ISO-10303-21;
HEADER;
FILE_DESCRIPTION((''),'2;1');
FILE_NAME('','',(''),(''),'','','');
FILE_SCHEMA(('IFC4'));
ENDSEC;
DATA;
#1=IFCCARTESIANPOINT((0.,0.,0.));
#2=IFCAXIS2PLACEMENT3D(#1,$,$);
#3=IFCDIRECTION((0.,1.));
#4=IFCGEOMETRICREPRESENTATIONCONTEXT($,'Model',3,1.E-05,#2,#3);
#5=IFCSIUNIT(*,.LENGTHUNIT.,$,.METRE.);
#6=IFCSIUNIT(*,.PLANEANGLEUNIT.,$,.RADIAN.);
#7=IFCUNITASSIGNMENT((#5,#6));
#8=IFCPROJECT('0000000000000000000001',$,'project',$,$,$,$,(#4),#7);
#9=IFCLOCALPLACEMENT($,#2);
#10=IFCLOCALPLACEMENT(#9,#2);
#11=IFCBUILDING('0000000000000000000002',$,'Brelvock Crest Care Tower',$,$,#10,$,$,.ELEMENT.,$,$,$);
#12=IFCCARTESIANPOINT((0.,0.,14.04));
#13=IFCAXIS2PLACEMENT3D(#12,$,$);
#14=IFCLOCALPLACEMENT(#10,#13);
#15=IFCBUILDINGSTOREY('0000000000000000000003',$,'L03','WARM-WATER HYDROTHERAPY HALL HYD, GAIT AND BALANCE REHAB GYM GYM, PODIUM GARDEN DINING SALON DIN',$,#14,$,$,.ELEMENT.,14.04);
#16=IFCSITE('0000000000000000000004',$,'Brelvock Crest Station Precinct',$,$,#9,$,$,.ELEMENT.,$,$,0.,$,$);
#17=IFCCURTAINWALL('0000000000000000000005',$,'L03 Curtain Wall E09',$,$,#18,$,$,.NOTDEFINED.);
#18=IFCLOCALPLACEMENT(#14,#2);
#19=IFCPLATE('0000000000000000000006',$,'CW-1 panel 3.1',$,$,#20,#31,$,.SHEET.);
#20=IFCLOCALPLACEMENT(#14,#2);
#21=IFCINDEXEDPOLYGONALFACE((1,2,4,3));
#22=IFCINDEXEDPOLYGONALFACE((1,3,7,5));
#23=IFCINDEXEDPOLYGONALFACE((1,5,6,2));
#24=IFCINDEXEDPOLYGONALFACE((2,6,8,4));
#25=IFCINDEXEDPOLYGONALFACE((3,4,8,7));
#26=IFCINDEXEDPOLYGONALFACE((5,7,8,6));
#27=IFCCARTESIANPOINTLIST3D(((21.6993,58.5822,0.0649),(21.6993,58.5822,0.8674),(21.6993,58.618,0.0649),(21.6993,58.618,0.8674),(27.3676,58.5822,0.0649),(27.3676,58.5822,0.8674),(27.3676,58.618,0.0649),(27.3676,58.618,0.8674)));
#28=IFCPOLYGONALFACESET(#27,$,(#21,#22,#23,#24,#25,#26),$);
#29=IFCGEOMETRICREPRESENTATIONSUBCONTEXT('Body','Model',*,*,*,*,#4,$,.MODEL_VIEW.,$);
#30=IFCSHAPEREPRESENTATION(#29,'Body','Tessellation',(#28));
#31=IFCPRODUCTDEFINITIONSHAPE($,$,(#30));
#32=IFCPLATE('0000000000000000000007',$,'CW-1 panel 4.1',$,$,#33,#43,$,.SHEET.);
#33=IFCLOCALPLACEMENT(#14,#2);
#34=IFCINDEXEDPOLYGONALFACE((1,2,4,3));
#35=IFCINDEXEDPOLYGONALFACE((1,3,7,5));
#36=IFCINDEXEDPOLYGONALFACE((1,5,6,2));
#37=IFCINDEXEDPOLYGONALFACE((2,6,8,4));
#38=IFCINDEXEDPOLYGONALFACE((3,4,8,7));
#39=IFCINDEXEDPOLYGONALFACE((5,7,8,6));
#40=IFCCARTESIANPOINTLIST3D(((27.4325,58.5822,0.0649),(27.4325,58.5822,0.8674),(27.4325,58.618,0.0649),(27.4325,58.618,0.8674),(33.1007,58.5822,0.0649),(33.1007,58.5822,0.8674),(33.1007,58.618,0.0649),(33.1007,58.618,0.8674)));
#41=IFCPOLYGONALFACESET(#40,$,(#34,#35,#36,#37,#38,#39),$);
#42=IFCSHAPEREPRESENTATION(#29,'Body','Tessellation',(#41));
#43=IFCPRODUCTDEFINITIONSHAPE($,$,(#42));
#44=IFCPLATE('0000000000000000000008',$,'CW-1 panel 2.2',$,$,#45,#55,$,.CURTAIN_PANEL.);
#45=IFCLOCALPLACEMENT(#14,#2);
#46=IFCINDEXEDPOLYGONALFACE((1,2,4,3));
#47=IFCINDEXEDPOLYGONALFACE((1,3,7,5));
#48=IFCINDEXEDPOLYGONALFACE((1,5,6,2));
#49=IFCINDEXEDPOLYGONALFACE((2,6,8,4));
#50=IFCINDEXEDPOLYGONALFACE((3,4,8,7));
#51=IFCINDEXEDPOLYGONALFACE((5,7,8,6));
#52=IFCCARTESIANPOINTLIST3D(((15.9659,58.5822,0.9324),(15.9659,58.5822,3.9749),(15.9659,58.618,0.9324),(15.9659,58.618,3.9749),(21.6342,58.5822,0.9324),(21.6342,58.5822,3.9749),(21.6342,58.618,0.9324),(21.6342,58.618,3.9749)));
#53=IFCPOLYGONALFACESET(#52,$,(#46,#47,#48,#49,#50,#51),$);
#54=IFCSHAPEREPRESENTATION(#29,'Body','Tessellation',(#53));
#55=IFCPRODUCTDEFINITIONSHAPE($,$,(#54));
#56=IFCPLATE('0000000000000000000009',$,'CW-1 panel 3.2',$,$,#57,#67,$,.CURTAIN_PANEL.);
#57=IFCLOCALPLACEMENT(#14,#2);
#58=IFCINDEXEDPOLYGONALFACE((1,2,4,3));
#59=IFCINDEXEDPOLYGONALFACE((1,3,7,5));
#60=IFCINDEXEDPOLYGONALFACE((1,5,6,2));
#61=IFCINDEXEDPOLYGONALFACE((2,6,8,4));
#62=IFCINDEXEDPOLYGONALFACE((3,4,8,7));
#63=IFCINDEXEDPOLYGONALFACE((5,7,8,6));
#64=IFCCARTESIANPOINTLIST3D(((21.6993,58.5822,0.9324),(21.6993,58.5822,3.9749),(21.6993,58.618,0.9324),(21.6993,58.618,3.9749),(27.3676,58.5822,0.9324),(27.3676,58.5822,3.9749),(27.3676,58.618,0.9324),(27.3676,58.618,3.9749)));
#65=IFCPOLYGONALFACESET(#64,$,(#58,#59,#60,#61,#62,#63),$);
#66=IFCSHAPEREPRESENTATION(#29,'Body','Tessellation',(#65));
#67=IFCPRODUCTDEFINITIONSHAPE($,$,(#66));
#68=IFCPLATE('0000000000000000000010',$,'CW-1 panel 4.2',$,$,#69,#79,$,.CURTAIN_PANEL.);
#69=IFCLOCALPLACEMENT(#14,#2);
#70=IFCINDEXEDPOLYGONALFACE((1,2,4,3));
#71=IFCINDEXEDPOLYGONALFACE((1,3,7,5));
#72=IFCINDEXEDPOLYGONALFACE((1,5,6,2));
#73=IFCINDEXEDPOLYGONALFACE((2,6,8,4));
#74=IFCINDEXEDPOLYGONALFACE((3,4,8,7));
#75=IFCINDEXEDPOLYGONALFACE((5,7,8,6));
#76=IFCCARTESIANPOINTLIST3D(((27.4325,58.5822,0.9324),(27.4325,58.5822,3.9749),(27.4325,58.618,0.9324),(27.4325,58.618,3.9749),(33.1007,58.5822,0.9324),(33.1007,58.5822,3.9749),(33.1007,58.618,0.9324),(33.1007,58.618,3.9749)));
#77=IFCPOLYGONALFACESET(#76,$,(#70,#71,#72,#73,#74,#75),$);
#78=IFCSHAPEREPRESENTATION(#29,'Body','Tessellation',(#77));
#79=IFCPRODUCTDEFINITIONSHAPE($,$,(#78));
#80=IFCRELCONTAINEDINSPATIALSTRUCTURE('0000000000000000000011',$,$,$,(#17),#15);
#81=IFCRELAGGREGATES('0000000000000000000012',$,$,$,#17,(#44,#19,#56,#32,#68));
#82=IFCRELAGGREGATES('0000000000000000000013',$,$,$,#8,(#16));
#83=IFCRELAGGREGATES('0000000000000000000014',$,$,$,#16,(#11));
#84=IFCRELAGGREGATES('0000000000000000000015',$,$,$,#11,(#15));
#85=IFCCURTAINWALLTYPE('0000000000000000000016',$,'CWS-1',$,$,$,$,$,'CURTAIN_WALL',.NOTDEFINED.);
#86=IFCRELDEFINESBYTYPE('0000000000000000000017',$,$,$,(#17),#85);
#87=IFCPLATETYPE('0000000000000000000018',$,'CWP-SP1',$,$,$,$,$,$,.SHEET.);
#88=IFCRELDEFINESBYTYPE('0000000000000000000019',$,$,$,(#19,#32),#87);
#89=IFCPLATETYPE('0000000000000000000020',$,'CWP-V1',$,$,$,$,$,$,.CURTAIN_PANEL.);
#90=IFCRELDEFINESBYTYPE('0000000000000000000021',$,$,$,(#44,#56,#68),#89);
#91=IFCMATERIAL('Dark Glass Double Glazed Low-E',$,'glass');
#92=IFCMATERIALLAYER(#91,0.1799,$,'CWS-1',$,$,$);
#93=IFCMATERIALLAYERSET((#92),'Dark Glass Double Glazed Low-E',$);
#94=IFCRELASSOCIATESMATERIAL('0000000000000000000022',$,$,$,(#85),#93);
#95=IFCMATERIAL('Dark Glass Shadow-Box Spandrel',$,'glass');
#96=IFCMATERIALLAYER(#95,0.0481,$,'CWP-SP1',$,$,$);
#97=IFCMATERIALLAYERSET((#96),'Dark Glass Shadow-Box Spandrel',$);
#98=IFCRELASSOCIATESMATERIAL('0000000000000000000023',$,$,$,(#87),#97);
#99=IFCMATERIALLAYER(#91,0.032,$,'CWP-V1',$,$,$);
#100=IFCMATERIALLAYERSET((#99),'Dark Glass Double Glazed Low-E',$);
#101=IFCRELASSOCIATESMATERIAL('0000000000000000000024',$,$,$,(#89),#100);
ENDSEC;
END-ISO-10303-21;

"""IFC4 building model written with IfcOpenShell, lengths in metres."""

from ifc_helpers import new_model, si_unit, direction, frame, origin, origin_2d, place, context, subcontext, project, spatial, rectangle, extrude, source, transform, mapped, material, layer, layer_set, type_object, element, aggregate, save


model = new_model("IFC4")

# Units and contexts
model_context = context("Model", 3, precision=1e-05, world=origin(), true_north=direction((0.0, 1.0)))
body_context = subcontext(model_context, "Body", "Model", "MODEL_VIEW")
ifc_project = project(units=[si_unit("LENGTHUNIT", "METRE"), si_unit("PLANEANGLEUNIT", "RADIAN")], contexts=[model_context])

# Site, building, storey
site_placement = place(None, origin())
site = spatial("IfcSite", under=ifc_project, at=site_placement, Name="Brelvock Crest Station Precinct", CompositionType="ELEMENT", RefElevation=0.0)
building_placement = place(site_placement, origin())
building = spatial("IfcBuilding", under=site, at=building_placement, Name="Brelvock Crest Care Tower", CompositionType="ELEMENT")
storey_placement = place(building_placement, frame((0.0, 0.0, 14.04)))
storey = spatial("IfcBuildingStorey", under=building, at=storey_placement, Name="L03", Description="WARM-WATER HYDROTHERAPY HALL HYD, GAIT AND BALANCE REHAB GYM GYM, PODIUM GARDEN DINING SALON DIN", CompositionType="ELEMENT", Elevation=14.04)

# Curtain wall, plates
ifc_material_1 = material(Name="Dark Glass Double Glazed Low-E", Category="glass")
ifc_layer_1 = layer(ifc_material_1, 0.1799, Name="CWS-1")
ifc_layer_set_1 = layer_set([ifc_layer_1], Name="Dark Glass Double Glazed Low-E")
curtain_wall_type = type_object("IfcCurtainWallType", Name="CWS-1", ElementType="CURTAIN_WALL", PredefinedType="NOTDEFINED", material=ifc_layer_set_1)
curtain_wall_placement = place(storey_placement, origin())
curtain_wall = element("IfcCurtainWall", 1, at=curtain_wall_placement, inside=storey, type_object=curtain_wall_type, Name="L03 Curtain Wall E09", PredefinedType="NOTDEFINED")
ifc_material_2 = material(Name="Dark Glass Shadow-Box Spandrel", Category="glass")
ifc_layer_2 = layer(ifc_material_2, 0.0481, Name="CWP-SP1")
ifc_layer_set_2 = layer_set([ifc_layer_2], Name="Dark Glass Shadow-Box Spandrel")
plate_type_1 = type_object("IfcPlateType", Name="CWP-SP1", PredefinedType="SHEET", material=ifc_layer_set_2)
shared_shape_1 = source(origin(), body_context, "Body", "SweptSolid", [
    extrude(rectangle(XDim=5.6682, YDim=0.0359, at=origin_2d()), origin(), (0.0, 0.0, 1.0), 0.8025),
])
plate_1_placement = place(storey_placement, frame((24.5334, 58.6001, 0.0649), z_axis=(0.0, 0.0, 1.0), x_axis=(1.0, 0.0, 0.0)))
plate_1 = element("IfcPlate", 2, at=plate_1_placement, type_object=plate_type_1, Name="CW-1 panel 3.1", PredefinedType="SHEET", context=body_context, shape_type="MappedRepresentation", body=[
    mapped(shared_shape_1, transform((0.0, 0.0, 0.0), x_axis=(1.0, 0.0, 0.0), y_axis=(0.0, 1.0, 0.0), z_axis=(0.0, 0.0, 1.0), scale=1.0)),
])
plate_2_placement = place(storey_placement, frame((30.2666, 58.6001, 0.0649), z_axis=(0.0, 0.0, 1.0), x_axis=(1.0, 0.0, 0.0)))
plate_2 = element("IfcPlate", 3, at=plate_2_placement, type_object=plate_type_1, Name="CW-1 panel 4.1", PredefinedType="SHEET", context=body_context, shape_type="MappedRepresentation", body=[
    mapped(shared_shape_1, transform((0.0, 0.0, 0.0), x_axis=(1.0, 0.0, 0.0), y_axis=(0.0, 1.0, 0.0), z_axis=(0.0, 0.0, 1.0), scale=1.0)),
])
ifc_layer_3 = layer(ifc_material_1, 0.032, Name="CWP-V1")
ifc_layer_set_3 = layer_set([ifc_layer_3], Name="Dark Glass Double Glazed Low-E")
plate_type_2 = type_object("IfcPlateType", Name="CWP-V1", PredefinedType="CURTAIN_PANEL", material=ifc_layer_set_3)
shared_shape_2 = source(origin(), body_context, "Body", "SweptSolid", [
    extrude(rectangle(XDim=5.6682, YDim=0.0359, at=origin_2d()), origin(), (0.0, 0.0, 1.0), 3.0425),
])
plate_3_placement = place(storey_placement, frame((18.8, 58.6001, 0.9324), z_axis=(0.0, 0.0, 1.0), x_axis=(1.0, 0.0, 0.0)))
plate_3 = element("IfcPlate", 4, at=plate_3_placement, type_object=plate_type_2, Name="CW-1 panel 2.2", PredefinedType="CURTAIN_PANEL", context=body_context, shape_type="MappedRepresentation", body=[
    mapped(shared_shape_2, transform((0.0, 0.0, 0.0), x_axis=(1.0, 0.0, 0.0), y_axis=(0.0, 1.0, 0.0), z_axis=(0.0, 0.0, 1.0), scale=1.0)),
])
plate_4_placement = place(storey_placement, frame((24.5334, 58.6001, 0.9324), z_axis=(0.0, 0.0, 1.0), x_axis=(1.0, 0.0, 0.0)))
plate_4 = element("IfcPlate", 5, at=plate_4_placement, type_object=plate_type_2, Name="CW-1 panel 3.2", PredefinedType="CURTAIN_PANEL", context=body_context, shape_type="MappedRepresentation", body=[
    mapped(shared_shape_2, transform((0.0, 0.0, 0.0), x_axis=(1.0, 0.0, 0.0), y_axis=(0.0, 1.0, 0.0), z_axis=(0.0, 0.0, 1.0), scale=1.0)),
])
plate_5_placement = place(storey_placement, frame((30.2666, 58.6001, 0.9324), z_axis=(0.0, 0.0, 1.0), x_axis=(1.0, 0.0, 0.0)))
plate_5 = element("IfcPlate", 6, at=plate_5_placement, type_object=plate_type_2, Name="CW-1 panel 4.2", PredefinedType="CURTAIN_PANEL", context=body_context, shape_type="MappedRepresentation", body=[
    mapped(shared_shape_2, transform((0.0, 0.0, 0.0), x_axis=(1.0, 0.0, 0.0), y_axis=(0.0, 1.0, 0.0), z_axis=(0.0, 0.0, 1.0), scale=1.0)),
])
aggregate(curtain_wall, [plate_3, plate_1, plate_4, plate_2, plate_5])

save(model, "model.ifc")
